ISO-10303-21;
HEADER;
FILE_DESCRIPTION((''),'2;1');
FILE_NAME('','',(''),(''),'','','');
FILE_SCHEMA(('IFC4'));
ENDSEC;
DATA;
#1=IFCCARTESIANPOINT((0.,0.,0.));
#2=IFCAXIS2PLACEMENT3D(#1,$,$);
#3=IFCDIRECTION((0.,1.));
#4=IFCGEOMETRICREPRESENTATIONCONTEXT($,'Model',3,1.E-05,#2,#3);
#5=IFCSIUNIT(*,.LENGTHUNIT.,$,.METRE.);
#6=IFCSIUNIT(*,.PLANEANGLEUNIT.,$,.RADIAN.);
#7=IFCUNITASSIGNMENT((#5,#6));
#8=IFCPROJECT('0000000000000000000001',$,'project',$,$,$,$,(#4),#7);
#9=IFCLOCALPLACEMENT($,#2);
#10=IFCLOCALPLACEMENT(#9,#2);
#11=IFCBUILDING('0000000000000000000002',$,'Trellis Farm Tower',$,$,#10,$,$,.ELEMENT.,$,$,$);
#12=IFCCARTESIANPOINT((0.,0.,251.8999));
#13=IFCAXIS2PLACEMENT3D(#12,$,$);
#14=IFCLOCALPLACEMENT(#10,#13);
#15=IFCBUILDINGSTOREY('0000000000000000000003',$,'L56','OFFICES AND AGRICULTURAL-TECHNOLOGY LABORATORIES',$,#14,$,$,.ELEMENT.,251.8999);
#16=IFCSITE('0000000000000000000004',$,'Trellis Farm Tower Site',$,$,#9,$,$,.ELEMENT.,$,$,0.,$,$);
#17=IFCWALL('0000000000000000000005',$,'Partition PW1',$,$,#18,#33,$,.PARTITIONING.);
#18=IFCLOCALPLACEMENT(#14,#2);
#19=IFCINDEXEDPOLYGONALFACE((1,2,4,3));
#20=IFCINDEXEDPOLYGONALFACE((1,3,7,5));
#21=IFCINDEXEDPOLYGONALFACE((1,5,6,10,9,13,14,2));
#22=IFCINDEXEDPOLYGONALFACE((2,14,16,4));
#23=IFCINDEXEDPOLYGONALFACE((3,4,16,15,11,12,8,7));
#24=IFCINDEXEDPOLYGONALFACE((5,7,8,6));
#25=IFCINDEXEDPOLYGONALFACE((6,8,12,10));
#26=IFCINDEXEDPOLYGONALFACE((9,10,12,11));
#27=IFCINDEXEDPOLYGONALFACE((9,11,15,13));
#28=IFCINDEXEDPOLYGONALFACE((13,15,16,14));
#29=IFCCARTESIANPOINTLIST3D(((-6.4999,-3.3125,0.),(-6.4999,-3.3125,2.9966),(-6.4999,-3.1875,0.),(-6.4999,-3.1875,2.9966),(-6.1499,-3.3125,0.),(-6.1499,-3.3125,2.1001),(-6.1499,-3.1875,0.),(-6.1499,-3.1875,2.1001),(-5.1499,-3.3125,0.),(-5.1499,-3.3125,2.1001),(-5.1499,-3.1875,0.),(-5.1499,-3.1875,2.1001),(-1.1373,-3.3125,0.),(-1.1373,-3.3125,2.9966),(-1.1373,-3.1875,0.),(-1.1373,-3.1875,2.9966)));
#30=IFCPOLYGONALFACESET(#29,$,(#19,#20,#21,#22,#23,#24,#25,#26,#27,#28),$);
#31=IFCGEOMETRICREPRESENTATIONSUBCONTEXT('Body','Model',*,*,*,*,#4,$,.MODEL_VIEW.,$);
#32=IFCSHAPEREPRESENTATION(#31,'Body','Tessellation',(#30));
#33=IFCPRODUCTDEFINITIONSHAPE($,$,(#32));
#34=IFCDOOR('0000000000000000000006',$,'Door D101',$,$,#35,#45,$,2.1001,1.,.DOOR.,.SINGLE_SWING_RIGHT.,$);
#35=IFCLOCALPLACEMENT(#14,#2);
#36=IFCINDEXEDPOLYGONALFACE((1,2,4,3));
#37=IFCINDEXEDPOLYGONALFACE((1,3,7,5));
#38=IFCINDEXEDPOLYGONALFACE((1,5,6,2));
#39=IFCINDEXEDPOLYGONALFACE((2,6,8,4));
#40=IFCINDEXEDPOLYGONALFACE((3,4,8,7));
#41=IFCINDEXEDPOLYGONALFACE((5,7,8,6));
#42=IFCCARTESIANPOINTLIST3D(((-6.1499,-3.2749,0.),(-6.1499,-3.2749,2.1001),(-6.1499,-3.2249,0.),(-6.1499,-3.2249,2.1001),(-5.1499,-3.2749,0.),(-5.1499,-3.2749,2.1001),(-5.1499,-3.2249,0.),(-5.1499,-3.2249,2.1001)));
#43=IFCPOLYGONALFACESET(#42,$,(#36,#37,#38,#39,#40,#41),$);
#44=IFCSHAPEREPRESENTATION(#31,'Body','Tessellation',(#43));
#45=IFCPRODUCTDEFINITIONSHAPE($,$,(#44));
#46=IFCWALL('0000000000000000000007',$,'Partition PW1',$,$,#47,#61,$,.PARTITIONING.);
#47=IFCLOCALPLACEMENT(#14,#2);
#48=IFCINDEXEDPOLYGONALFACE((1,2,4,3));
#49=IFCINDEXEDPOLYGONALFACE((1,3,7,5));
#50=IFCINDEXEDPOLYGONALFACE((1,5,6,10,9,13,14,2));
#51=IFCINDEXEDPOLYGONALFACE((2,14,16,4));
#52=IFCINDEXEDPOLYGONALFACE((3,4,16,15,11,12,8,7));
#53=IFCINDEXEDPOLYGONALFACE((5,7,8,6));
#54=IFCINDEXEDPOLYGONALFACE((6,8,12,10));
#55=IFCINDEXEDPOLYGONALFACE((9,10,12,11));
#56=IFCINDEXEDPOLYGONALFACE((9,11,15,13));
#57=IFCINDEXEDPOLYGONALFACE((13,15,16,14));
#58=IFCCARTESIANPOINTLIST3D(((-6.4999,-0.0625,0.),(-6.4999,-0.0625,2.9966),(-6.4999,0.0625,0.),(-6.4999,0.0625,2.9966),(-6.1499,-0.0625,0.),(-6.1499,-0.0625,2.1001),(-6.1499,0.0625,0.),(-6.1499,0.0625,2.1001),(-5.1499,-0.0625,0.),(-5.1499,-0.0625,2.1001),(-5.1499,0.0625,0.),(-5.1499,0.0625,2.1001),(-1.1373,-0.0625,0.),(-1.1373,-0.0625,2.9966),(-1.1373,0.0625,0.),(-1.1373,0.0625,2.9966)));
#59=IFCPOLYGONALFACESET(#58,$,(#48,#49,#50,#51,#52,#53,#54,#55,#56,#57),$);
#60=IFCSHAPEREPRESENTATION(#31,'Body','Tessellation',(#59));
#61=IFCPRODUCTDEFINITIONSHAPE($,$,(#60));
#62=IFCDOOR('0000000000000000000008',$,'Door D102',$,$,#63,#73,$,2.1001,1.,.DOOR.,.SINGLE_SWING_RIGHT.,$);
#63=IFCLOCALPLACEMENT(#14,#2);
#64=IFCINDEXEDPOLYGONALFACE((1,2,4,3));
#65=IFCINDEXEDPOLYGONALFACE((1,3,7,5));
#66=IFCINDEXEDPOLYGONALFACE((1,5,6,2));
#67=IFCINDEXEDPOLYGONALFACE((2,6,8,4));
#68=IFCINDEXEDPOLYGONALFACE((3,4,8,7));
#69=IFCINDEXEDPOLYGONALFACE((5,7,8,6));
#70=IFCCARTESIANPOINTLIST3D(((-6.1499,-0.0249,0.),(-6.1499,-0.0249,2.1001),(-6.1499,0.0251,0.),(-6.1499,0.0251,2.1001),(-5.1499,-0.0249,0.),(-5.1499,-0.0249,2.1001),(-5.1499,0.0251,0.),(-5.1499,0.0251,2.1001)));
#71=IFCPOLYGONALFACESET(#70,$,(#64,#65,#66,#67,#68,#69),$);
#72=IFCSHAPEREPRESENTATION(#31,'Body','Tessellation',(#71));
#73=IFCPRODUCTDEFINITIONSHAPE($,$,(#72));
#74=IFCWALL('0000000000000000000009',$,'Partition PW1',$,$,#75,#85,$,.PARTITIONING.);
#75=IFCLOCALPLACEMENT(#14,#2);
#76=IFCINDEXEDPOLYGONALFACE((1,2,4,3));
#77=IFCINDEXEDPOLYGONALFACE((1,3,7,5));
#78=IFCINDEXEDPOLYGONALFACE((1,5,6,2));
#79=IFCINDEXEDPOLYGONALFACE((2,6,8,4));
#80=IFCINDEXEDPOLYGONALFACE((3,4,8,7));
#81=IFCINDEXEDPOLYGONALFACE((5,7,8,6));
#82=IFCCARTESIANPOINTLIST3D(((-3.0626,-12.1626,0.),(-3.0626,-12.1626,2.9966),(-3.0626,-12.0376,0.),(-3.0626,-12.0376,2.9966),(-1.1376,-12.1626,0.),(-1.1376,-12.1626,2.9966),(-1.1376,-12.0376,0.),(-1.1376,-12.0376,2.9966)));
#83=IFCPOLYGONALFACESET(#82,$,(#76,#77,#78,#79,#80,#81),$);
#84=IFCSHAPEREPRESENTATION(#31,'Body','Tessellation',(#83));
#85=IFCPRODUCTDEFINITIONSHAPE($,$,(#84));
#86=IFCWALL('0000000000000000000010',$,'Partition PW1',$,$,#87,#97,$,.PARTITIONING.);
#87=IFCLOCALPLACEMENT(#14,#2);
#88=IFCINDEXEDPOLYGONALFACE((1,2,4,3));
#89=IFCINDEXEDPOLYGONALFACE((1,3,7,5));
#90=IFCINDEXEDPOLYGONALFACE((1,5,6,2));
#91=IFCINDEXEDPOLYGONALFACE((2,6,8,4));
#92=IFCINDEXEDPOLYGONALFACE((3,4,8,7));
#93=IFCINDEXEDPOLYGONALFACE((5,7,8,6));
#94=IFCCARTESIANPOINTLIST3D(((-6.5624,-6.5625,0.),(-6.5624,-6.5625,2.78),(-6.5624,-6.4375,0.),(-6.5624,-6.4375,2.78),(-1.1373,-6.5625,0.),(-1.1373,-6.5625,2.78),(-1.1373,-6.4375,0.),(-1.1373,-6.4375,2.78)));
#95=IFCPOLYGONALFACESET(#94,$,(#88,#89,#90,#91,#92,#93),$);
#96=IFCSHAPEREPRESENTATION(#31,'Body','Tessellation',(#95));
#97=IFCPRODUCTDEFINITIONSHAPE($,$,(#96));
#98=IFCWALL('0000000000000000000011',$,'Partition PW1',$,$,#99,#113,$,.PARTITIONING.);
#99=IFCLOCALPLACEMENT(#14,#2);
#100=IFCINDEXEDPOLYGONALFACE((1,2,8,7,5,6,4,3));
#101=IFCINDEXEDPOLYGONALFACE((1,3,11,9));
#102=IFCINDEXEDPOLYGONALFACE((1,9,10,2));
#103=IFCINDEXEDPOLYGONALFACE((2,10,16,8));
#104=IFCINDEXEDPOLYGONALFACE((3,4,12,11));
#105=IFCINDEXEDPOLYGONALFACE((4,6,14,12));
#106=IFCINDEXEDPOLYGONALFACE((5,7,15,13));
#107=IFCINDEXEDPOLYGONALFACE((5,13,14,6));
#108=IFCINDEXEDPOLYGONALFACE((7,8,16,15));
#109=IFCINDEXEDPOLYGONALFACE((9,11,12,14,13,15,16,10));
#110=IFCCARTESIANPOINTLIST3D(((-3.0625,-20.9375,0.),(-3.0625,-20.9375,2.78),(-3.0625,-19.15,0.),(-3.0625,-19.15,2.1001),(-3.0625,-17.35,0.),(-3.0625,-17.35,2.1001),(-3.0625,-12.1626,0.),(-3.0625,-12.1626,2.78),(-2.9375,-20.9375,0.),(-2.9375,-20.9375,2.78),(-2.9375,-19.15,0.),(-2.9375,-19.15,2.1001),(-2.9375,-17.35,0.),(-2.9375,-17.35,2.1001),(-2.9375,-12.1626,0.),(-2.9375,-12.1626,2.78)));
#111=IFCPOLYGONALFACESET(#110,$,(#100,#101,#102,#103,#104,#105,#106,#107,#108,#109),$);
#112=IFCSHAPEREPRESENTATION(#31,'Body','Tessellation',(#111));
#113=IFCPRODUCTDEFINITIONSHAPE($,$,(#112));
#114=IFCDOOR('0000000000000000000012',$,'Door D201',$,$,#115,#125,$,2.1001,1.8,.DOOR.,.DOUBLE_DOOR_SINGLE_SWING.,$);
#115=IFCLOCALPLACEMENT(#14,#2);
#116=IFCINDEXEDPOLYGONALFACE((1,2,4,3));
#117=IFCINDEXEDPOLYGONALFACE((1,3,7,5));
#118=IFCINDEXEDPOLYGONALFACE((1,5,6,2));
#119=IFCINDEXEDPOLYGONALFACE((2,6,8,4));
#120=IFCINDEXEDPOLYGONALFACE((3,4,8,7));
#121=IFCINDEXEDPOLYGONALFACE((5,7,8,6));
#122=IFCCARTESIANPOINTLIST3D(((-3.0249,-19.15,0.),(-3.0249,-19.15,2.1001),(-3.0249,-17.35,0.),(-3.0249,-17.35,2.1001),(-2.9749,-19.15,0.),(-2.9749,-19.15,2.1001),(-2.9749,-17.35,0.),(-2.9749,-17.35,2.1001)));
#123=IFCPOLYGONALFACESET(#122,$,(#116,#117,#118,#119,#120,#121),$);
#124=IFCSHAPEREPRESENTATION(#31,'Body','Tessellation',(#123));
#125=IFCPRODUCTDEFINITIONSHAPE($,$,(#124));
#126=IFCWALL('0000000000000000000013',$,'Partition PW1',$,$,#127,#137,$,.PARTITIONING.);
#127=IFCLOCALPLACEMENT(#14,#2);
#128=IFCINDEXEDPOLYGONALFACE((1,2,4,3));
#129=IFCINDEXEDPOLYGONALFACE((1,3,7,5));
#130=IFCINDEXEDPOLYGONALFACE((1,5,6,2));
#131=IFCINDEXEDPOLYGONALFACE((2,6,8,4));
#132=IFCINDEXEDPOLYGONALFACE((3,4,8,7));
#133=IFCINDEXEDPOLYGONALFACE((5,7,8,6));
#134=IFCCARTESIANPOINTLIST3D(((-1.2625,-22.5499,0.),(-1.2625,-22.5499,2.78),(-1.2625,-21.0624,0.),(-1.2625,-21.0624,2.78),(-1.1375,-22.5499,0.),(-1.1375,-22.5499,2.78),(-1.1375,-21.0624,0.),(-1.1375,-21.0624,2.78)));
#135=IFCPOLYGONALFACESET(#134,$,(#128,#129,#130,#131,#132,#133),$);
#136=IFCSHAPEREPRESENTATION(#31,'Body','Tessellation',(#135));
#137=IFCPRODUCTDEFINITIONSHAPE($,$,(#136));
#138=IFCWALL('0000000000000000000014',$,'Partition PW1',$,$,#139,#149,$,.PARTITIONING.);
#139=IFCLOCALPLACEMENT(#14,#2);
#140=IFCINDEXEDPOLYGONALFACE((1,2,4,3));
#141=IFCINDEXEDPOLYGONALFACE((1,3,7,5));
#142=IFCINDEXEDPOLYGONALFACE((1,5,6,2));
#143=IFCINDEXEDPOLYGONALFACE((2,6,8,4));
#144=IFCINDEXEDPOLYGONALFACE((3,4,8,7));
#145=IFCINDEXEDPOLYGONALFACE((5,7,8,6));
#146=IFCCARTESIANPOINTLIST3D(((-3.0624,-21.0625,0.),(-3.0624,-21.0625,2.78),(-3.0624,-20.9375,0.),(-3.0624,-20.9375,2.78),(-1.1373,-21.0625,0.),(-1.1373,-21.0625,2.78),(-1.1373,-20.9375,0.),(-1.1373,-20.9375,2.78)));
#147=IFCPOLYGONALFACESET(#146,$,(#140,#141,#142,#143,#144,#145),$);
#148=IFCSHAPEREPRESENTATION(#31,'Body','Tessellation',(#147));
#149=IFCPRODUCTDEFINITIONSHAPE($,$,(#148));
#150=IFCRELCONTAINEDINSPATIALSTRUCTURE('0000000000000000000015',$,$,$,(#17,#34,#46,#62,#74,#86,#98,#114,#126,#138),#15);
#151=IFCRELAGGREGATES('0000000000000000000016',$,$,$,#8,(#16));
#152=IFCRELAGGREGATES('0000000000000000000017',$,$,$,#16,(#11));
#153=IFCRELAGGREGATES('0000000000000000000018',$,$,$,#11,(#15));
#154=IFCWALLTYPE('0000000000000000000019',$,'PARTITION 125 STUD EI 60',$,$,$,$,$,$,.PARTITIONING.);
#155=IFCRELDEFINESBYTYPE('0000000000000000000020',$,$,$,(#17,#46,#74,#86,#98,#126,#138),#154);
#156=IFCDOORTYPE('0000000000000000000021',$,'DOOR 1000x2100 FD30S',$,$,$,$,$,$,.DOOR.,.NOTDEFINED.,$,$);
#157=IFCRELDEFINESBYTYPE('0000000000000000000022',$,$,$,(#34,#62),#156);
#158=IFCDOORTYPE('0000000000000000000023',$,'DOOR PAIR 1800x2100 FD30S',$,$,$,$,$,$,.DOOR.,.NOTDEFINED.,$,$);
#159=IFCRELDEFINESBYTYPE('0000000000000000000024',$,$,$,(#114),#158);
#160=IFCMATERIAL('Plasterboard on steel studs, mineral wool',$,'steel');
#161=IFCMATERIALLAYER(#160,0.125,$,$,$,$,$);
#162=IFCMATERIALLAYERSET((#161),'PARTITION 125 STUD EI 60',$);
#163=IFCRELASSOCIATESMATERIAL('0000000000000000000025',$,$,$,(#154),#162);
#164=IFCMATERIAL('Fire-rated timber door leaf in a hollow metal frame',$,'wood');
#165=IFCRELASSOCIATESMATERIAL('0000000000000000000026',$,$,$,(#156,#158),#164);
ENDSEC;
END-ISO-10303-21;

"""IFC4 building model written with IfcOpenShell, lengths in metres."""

from ifc_helpers import new_model, si_unit, direction, frame, frame_2d, origin, place, context, subcontext, project, spatial, rectangle, extrude, source, transform, mapped, material, layer, layer_set, type_object, element, fill, save


model = new_model("IFC4")

# Units and contexts
model_context = context("Model", 3, precision=1e-05, world=origin(), true_north=direction((0.0, 1.0)))
body_context = subcontext(model_context, "Body", "Model", "MODEL_VIEW")
ifc_project = project(units=[si_unit("LENGTHUNIT", "METRE"), si_unit("PLANEANGLEUNIT", "RADIAN")], contexts=[model_context])

# Site, building, storey
site_placement = place(None, origin())
site = spatial("IfcSite", under=ifc_project, at=site_placement, Name="Trellis Farm Tower Site", CompositionType="ELEMENT", RefElevation=0.0)
building_placement = place(site_placement, origin())
building = spatial("IfcBuilding", under=site, at=building_placement, Name="Trellis Farm Tower", CompositionType="ELEMENT")
storey_placement = place(building_placement, frame((0.0, 0.0, 251.8999)))
storey = spatial("IfcBuildingStorey", under=building, at=storey_placement, Name="L56", Description="OFFICES AND AGRICULTURAL-TECHNOLOGY LABORATORIES", CompositionType="ELEMENT", Elevation=251.8999)

# Shared definitions
ifc_material_1 = material(Name="Plasterboard on steel studs, mineral wool", Category="steel")
ifc_layer_1 = layer(ifc_material_1, 0.125)
ifc_layer_set_1 = layer_set([ifc_layer_1], Name="PARTITION 125 STUD EI 60")
wall_type_1 = type_object("IfcWallType", Name="PARTITION 125 STUD EI 60", PredefinedType="PARTITIONING", material=ifc_layer_set_1)

# Walls, openings, doors
shared_shape_1 = source(origin(), body_context, "Body", "SweptSolid", [
    extrude(rectangle(XDim=5.3625, YDim=0.125, at=frame_2d((2.6812, 0.0))), origin(), (0.0, 0.0, 1.0), 2.9966),
])
wall_1_placement = place(storey_placement, frame((-1.1375, -3.25, 0.0), z_axis=(0.0, 0.0, 1.0), x_axis=(-1.0, 0.0, 0.0)))
wall_1 = element("IfcWall", 1, at=wall_1_placement, inside=storey, type_object=wall_type_1, Name="Partition PW1", PredefinedType="PARTITIONING", context=body_context, shape_type="MappedRepresentation", body=[
    mapped(shared_shape_1, transform((0.0, 0.0, 0.0))),
])
shared_shape_2 = source(origin(), body_context, "Body", "SweptSolid", [
    extrude(rectangle(XDim=1.0, YDim=2.1001, at=frame_2d((0.5, 1.05))), frame((0.0, 0.0725, 0.0), z_axis=(0.0, -1.0, 0.0), x_axis=(1.0, 0.0, 0.0)), (0.0, 0.0, 1.0), 0.145),
])
opening_1_placement = place(wall_1_placement, frame((4.0125, 0.0, 0.0)))
opening_1 = element("IfcOpeningElement", 2, at=opening_1_placement, cuts=wall_1, PredefinedType="OPENING", context=body_context, shape_type="MappedRepresentation", body=[
    mapped(shared_shape_2, transform((0.0, 0.0, 0.0))),
])
ifc_material_2 = material(Name="Fire-rated timber door leaf in a hollow metal frame", Category="wood")
door_type_1 = type_object("IfcDoorType", Name="DOOR 1000x2100 FD30S", OperationType="NOTDEFINED", PredefinedType="DOOR", material=ifc_material_2)
shared_shape_3 = source(origin(), body_context, "Body", "SweptSolid", [
    extrude(rectangle(XDim=1.0, YDim=2.1001, at=frame_2d((0.5, 1.05))), frame((0.0, 0.0249, 0.0), z_axis=(0.0, -1.0, 0.0), x_axis=(1.0, 0.0, 0.0)), (0.0, 0.0, 1.0), 0.05),
])
door_1_placement = place(opening_1_placement, origin())
door_1 = element("IfcDoor", 3, at=door_1_placement, inside=storey, type_object=door_type_1, Name="Door D101", OperationType="SINGLE_SWING_RIGHT", OverallHeight=2.1001, OverallWidth=1.0, PredefinedType="DOOR", context=body_context, shape_type="MappedRepresentation", body=[
    mapped(shared_shape_3, transform((0.0, 0.0, 0.0))),
])
fill(opening_1, door_1)
wall_2_placement = place(storey_placement, frame((-1.1375, 0.0, 0.0), z_axis=(0.0, 0.0, 1.0), x_axis=(-1.0, 0.0, 0.0)))
wall_2 = element("IfcWall", 4, at=wall_2_placement, inside=storey, type_object=wall_type_1, Name="Partition PW1", PredefinedType="PARTITIONING", context=body_context, shape_type="MappedRepresentation", body=[
    mapped(shared_shape_1, transform((0.0, 0.0, 0.0))),
])
opening_2_placement = place(wall_2_placement, frame((4.0125, 0.0, 0.0)))
opening_2 = element("IfcOpeningElement", 5, at=opening_2_placement, cuts=wall_2, PredefinedType="OPENING", context=body_context, shape_type="MappedRepresentation", body=[
    mapped(shared_shape_2, transform((0.0, 0.0, 0.0))),
])
door_2_placement = place(opening_2_placement, origin())
door_2 = element("IfcDoor", 6, at=door_2_placement, inside=storey, type_object=door_type_1, Name="Door D102", OperationType="SINGLE_SWING_RIGHT", OverallHeight=2.1001, OverallWidth=1.0, PredefinedType="DOOR", context=body_context, shape_type="MappedRepresentation", body=[
    mapped(shared_shape_3, transform((0.0, 0.0, 0.0))),
])
fill(opening_2, door_2)

# Walls
shared_shape_4 = source(origin(), body_context, "Body", "SweptSolid", [
    extrude(rectangle(XDim=1.925, YDim=0.125, at=frame_2d((0.9624, 0.0))), origin(), (0.0, 0.0, 1.0), 2.9966),
])
wall_3_placement = place(storey_placement, frame((-3.0625, -12.1001, 0.0), z_axis=(0.0, 0.0, 1.0), x_axis=(1.0, 0.0, 0.0)))
element("IfcWall", 7, at=wall_3_placement, inside=storey, type_object=wall_type_1, Name="Partition PW1", PredefinedType="PARTITIONING", context=body_context, shape_type="MappedRepresentation", body=[
    mapped(shared_shape_4, transform((0.0, 0.0, 0.0))),
])
shared_shape_5 = source(origin(), body_context, "Body", "SweptSolid", [
    extrude(rectangle(XDim=5.425, YDim=0.125, at=frame_2d((2.7124, 0.0))), origin(), (0.0, 0.0, 1.0), 2.78),
])
wall_4_placement = place(storey_placement, frame((-1.1375, -6.5, 0.0), z_axis=(0.0, 0.0, 1.0), x_axis=(-1.0, 0.0, 0.0)))
element("IfcWall", 8, at=wall_4_placement, inside=storey, type_object=wall_type_1, Name="Partition PW1", PredefinedType="PARTITIONING", context=body_context, shape_type="MappedRepresentation", body=[
    mapped(shared_shape_5, transform((0.0, 0.0, 0.0))),
])

# Wall, opening, door
shared_shape_6 = source(origin(), body_context, "Body", "SweptSolid", [
    extrude(rectangle(XDim=8.7749, YDim=0.125, at=frame_2d((4.3875, 0.0))), origin(), (0.0, 0.0, 1.0), 2.78),
])
wall_5_placement = place(storey_placement, frame((-3.0, -20.9375, 0.0), z_axis=(0.0, 0.0, 1.0), x_axis=(0.0, 1.0, 0.0)))
wall_5 = element("IfcWall", 9, at=wall_5_placement, inside=storey, type_object=wall_type_1, Name="Partition PW1", PredefinedType="PARTITIONING", context=body_context, shape_type="MappedRepresentation", body=[
    mapped(shared_shape_6, transform((0.0, 0.0, 0.0))),
])
shared_shape_7 = source(origin(), body_context, "Body", "SweptSolid", [
    extrude(rectangle(XDim=1.8, YDim=2.1001, at=frame_2d((0.8999, 1.05))), frame((0.0, 0.0725, 0.0), z_axis=(0.0, -1.0, 0.0), x_axis=(1.0, 0.0, 0.0)), (0.0, 0.0, 1.0), 0.145),
])
opening_3_placement = place(wall_5_placement, frame((1.7876, 0.0, 0.0)))
opening_3 = element("IfcOpeningElement", 10, at=opening_3_placement, cuts=wall_5, PredefinedType="OPENING", context=body_context, shape_type="MappedRepresentation", body=[
    mapped(shared_shape_7, transform((0.0, 0.0, 0.0))),
])
door_type_2 = type_object("IfcDoorType", Name="DOOR PAIR 1800x2100 FD30S", OperationType="NOTDEFINED", PredefinedType="DOOR", material=ifc_material_2)
shared_shape_8 = source(origin(), body_context, "Body", "SweptSolid", [
    extrude(rectangle(XDim=1.8, YDim=2.1001, at=frame_2d((0.8999, 1.05))), frame((0.0, 0.0249, 0.0), z_axis=(0.0, -1.0, 0.0), x_axis=(1.0, 0.0, 0.0)), (0.0, 0.0, 1.0), 0.05),
])
door_3_placement = place(opening_3_placement, origin())
door_3 = element("IfcDoor", 11, at=door_3_placement, inside=storey, type_object=door_type_2, Name="Door D201", OperationType="DOUBLE_DOOR_SINGLE_SWING", OverallHeight=2.1001, OverallWidth=1.8, PredefinedType="DOOR", context=body_context, shape_type="MappedRepresentation", body=[
    mapped(shared_shape_8, transform((0.0, 0.0, 0.0))),
])
fill(opening_3, door_3)

# Walls
shared_shape_9 = source(origin(), body_context, "Body", "SweptSolid", [
    extrude(rectangle(XDim=1.4875, YDim=0.125, at=frame_2d((0.7437, 0.0))), origin(), (0.0, 0.0, 1.0), 2.78),
])
wall_6_placement = place(storey_placement, frame((-1.2, -21.0625, 0.0), z_axis=(0.0, 0.0, 1.0), x_axis=(0.0, -1.0, 0.0)))
element("IfcWall", 12, at=wall_6_placement, inside=storey, type_object=wall_type_1, Name="Partition PW1", PredefinedType="PARTITIONING", context=body_context, shape_type="MappedRepresentation", body=[
    mapped(shared_shape_9, transform((0.0, 0.0, 0.0))),
])
shared_shape_10 = source(origin(), body_context, "Body", "SweptSolid", [
    extrude(rectangle(XDim=1.925, YDim=0.125, at=frame_2d((0.9624, 0.0))), origin(), (0.0, 0.0, 1.0), 2.78),
])
wall_7_placement = place(storey_placement, frame((-1.1375, -21.0, 0.0), z_axis=(0.0, 0.0, 1.0), x_axis=(-1.0, 0.0, 0.0)))
element("IfcWall", 13, at=wall_7_placement, inside=storey, type_object=wall_type_1, Name="Partition PW1", PredefinedType="PARTITIONING", context=body_context, shape_type="MappedRepresentation", body=[
    mapped(shared_shape_10, transform((0.0, 0.0, 0.0))),
])

save(model, "model.ifc")
